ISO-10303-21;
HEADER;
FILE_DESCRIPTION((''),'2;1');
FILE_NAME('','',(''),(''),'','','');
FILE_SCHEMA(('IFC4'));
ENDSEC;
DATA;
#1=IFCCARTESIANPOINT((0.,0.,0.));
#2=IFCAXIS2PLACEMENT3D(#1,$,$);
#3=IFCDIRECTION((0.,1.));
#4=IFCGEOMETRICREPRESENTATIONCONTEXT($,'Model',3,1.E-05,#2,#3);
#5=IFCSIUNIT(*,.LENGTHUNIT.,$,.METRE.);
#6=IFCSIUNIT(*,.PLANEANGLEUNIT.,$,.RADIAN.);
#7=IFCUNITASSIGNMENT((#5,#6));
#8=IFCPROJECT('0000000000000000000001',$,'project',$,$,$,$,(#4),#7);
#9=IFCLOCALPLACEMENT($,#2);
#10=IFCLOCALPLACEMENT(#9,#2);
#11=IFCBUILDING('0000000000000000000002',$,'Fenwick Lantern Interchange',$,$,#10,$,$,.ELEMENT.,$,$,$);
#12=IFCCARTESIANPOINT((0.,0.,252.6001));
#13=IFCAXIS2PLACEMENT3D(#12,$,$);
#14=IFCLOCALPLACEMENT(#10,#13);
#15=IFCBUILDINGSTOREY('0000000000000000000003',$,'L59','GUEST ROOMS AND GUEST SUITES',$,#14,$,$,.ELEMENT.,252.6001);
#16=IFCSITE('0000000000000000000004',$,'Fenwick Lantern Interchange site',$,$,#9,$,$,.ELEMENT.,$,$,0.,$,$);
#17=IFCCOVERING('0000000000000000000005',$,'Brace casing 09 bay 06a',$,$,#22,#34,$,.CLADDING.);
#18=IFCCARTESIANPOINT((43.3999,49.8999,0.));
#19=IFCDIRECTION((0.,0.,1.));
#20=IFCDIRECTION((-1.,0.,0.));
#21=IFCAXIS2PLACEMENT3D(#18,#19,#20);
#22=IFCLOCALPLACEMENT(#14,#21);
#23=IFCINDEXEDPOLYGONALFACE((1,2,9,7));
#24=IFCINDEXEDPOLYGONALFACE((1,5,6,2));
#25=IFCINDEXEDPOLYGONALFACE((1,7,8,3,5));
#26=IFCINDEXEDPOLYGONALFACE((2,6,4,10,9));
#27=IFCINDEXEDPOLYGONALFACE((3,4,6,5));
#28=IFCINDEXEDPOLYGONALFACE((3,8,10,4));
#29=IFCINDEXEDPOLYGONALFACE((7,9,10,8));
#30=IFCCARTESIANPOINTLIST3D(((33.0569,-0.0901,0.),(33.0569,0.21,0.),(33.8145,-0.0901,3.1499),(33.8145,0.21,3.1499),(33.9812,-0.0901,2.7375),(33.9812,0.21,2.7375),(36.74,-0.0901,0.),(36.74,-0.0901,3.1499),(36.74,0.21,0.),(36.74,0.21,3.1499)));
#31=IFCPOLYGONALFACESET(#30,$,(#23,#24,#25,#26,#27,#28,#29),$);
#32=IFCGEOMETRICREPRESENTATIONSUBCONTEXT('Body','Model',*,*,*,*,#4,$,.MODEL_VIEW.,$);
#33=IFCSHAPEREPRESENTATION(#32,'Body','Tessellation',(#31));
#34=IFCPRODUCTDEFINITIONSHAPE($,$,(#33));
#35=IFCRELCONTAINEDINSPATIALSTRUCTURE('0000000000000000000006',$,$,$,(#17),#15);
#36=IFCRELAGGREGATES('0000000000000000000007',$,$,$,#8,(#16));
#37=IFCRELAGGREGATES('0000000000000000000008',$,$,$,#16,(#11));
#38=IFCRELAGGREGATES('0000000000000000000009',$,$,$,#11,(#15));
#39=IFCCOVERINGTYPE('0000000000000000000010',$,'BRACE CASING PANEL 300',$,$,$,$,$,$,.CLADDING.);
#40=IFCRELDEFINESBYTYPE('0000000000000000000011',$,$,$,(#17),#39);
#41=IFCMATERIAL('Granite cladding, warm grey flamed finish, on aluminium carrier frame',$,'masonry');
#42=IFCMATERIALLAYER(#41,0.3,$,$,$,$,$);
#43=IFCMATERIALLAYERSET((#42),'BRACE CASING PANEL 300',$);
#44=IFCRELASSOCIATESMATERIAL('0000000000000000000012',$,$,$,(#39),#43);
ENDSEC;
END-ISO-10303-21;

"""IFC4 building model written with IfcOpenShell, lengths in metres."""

from ifc_helpers import new_model, si_unit, direction, frame, origin, place, context, subcontext, project, spatial, polyline, outline, extrude, material, layer, layer_set, type_object, element, save


model = new_model("IFC4")

# Units and contexts
model_context = context("Model", 3, precision=1e-05, world=origin(), true_north=direction((0.0, 1.0)))
body_context = subcontext(model_context, "Body", "Model", "MODEL_VIEW")
ifc_project = project(units=[si_unit("LENGTHUNIT", "METRE"), si_unit("PLANEANGLEUNIT", "RADIAN")], contexts=[model_context])

# Site, building, storey
site_placement = place(None, origin())
site = spatial("IfcSite", under=ifc_project, at=site_placement, Name="Fenwick Lantern Interchange site", CompositionType="ELEMENT", RefElevation=0.0)
building_placement = place(site_placement, origin())
building = spatial("IfcBuilding", under=site, at=building_placement, Name="Fenwick Lantern Interchange", CompositionType="ELEMENT")
storey_placement = place(building_placement, frame((0.0, 0.0, 252.6001)))
storey = spatial("IfcBuildingStorey", under=building, at=storey_placement, Name="L59", Description="GUEST ROOMS AND GUEST SUITES", CompositionType="ELEMENT", Elevation=252.6001)

# Covering
ifc_material_1 = material(Name="Granite cladding, warm grey flamed finish, on aluminium carrier frame", Category="masonry")
ifc_layer_1 = layer(ifc_material_1, 0.3)
ifc_layer_set_1 = layer_set([ifc_layer_1], Name="BRACE CASING PANEL 300")
covering_type = type_object("IfcCoveringType", Name="BRACE CASING PANEL 300", PredefinedType="CLADDING", material=ifc_layer_set_1)
covering_1_placement = place(storey_placement, frame((43.3999, 49.8999, 0.0), z_axis=(0.0, 0.0, 1.0), x_axis=(-1.0, 0.0, 0.0)))
element("IfcCovering", 1, at=covering_1_placement, inside=storey, type_object=covering_type, Name="Brace casing 09 bay 06a", PredefinedType="CLADDING", context=body_context, shape_type="SweptSolid", body=[
    extrude(outline(polyline([(33.0569, 0.0), (36.74, 0.0), (36.74, 3.1499), (33.8145, 3.1499), (33.9812, 2.7375), (33.0569, 0.0)])), frame((0.0, 0.21, 0.0), z_axis=(0.0, -1.0, 0.0), x_axis=(1.0, 0.0, 0.0)), (0.0, 0.0, 1.0), 0.3),
])

save(model, "model.ifc")
